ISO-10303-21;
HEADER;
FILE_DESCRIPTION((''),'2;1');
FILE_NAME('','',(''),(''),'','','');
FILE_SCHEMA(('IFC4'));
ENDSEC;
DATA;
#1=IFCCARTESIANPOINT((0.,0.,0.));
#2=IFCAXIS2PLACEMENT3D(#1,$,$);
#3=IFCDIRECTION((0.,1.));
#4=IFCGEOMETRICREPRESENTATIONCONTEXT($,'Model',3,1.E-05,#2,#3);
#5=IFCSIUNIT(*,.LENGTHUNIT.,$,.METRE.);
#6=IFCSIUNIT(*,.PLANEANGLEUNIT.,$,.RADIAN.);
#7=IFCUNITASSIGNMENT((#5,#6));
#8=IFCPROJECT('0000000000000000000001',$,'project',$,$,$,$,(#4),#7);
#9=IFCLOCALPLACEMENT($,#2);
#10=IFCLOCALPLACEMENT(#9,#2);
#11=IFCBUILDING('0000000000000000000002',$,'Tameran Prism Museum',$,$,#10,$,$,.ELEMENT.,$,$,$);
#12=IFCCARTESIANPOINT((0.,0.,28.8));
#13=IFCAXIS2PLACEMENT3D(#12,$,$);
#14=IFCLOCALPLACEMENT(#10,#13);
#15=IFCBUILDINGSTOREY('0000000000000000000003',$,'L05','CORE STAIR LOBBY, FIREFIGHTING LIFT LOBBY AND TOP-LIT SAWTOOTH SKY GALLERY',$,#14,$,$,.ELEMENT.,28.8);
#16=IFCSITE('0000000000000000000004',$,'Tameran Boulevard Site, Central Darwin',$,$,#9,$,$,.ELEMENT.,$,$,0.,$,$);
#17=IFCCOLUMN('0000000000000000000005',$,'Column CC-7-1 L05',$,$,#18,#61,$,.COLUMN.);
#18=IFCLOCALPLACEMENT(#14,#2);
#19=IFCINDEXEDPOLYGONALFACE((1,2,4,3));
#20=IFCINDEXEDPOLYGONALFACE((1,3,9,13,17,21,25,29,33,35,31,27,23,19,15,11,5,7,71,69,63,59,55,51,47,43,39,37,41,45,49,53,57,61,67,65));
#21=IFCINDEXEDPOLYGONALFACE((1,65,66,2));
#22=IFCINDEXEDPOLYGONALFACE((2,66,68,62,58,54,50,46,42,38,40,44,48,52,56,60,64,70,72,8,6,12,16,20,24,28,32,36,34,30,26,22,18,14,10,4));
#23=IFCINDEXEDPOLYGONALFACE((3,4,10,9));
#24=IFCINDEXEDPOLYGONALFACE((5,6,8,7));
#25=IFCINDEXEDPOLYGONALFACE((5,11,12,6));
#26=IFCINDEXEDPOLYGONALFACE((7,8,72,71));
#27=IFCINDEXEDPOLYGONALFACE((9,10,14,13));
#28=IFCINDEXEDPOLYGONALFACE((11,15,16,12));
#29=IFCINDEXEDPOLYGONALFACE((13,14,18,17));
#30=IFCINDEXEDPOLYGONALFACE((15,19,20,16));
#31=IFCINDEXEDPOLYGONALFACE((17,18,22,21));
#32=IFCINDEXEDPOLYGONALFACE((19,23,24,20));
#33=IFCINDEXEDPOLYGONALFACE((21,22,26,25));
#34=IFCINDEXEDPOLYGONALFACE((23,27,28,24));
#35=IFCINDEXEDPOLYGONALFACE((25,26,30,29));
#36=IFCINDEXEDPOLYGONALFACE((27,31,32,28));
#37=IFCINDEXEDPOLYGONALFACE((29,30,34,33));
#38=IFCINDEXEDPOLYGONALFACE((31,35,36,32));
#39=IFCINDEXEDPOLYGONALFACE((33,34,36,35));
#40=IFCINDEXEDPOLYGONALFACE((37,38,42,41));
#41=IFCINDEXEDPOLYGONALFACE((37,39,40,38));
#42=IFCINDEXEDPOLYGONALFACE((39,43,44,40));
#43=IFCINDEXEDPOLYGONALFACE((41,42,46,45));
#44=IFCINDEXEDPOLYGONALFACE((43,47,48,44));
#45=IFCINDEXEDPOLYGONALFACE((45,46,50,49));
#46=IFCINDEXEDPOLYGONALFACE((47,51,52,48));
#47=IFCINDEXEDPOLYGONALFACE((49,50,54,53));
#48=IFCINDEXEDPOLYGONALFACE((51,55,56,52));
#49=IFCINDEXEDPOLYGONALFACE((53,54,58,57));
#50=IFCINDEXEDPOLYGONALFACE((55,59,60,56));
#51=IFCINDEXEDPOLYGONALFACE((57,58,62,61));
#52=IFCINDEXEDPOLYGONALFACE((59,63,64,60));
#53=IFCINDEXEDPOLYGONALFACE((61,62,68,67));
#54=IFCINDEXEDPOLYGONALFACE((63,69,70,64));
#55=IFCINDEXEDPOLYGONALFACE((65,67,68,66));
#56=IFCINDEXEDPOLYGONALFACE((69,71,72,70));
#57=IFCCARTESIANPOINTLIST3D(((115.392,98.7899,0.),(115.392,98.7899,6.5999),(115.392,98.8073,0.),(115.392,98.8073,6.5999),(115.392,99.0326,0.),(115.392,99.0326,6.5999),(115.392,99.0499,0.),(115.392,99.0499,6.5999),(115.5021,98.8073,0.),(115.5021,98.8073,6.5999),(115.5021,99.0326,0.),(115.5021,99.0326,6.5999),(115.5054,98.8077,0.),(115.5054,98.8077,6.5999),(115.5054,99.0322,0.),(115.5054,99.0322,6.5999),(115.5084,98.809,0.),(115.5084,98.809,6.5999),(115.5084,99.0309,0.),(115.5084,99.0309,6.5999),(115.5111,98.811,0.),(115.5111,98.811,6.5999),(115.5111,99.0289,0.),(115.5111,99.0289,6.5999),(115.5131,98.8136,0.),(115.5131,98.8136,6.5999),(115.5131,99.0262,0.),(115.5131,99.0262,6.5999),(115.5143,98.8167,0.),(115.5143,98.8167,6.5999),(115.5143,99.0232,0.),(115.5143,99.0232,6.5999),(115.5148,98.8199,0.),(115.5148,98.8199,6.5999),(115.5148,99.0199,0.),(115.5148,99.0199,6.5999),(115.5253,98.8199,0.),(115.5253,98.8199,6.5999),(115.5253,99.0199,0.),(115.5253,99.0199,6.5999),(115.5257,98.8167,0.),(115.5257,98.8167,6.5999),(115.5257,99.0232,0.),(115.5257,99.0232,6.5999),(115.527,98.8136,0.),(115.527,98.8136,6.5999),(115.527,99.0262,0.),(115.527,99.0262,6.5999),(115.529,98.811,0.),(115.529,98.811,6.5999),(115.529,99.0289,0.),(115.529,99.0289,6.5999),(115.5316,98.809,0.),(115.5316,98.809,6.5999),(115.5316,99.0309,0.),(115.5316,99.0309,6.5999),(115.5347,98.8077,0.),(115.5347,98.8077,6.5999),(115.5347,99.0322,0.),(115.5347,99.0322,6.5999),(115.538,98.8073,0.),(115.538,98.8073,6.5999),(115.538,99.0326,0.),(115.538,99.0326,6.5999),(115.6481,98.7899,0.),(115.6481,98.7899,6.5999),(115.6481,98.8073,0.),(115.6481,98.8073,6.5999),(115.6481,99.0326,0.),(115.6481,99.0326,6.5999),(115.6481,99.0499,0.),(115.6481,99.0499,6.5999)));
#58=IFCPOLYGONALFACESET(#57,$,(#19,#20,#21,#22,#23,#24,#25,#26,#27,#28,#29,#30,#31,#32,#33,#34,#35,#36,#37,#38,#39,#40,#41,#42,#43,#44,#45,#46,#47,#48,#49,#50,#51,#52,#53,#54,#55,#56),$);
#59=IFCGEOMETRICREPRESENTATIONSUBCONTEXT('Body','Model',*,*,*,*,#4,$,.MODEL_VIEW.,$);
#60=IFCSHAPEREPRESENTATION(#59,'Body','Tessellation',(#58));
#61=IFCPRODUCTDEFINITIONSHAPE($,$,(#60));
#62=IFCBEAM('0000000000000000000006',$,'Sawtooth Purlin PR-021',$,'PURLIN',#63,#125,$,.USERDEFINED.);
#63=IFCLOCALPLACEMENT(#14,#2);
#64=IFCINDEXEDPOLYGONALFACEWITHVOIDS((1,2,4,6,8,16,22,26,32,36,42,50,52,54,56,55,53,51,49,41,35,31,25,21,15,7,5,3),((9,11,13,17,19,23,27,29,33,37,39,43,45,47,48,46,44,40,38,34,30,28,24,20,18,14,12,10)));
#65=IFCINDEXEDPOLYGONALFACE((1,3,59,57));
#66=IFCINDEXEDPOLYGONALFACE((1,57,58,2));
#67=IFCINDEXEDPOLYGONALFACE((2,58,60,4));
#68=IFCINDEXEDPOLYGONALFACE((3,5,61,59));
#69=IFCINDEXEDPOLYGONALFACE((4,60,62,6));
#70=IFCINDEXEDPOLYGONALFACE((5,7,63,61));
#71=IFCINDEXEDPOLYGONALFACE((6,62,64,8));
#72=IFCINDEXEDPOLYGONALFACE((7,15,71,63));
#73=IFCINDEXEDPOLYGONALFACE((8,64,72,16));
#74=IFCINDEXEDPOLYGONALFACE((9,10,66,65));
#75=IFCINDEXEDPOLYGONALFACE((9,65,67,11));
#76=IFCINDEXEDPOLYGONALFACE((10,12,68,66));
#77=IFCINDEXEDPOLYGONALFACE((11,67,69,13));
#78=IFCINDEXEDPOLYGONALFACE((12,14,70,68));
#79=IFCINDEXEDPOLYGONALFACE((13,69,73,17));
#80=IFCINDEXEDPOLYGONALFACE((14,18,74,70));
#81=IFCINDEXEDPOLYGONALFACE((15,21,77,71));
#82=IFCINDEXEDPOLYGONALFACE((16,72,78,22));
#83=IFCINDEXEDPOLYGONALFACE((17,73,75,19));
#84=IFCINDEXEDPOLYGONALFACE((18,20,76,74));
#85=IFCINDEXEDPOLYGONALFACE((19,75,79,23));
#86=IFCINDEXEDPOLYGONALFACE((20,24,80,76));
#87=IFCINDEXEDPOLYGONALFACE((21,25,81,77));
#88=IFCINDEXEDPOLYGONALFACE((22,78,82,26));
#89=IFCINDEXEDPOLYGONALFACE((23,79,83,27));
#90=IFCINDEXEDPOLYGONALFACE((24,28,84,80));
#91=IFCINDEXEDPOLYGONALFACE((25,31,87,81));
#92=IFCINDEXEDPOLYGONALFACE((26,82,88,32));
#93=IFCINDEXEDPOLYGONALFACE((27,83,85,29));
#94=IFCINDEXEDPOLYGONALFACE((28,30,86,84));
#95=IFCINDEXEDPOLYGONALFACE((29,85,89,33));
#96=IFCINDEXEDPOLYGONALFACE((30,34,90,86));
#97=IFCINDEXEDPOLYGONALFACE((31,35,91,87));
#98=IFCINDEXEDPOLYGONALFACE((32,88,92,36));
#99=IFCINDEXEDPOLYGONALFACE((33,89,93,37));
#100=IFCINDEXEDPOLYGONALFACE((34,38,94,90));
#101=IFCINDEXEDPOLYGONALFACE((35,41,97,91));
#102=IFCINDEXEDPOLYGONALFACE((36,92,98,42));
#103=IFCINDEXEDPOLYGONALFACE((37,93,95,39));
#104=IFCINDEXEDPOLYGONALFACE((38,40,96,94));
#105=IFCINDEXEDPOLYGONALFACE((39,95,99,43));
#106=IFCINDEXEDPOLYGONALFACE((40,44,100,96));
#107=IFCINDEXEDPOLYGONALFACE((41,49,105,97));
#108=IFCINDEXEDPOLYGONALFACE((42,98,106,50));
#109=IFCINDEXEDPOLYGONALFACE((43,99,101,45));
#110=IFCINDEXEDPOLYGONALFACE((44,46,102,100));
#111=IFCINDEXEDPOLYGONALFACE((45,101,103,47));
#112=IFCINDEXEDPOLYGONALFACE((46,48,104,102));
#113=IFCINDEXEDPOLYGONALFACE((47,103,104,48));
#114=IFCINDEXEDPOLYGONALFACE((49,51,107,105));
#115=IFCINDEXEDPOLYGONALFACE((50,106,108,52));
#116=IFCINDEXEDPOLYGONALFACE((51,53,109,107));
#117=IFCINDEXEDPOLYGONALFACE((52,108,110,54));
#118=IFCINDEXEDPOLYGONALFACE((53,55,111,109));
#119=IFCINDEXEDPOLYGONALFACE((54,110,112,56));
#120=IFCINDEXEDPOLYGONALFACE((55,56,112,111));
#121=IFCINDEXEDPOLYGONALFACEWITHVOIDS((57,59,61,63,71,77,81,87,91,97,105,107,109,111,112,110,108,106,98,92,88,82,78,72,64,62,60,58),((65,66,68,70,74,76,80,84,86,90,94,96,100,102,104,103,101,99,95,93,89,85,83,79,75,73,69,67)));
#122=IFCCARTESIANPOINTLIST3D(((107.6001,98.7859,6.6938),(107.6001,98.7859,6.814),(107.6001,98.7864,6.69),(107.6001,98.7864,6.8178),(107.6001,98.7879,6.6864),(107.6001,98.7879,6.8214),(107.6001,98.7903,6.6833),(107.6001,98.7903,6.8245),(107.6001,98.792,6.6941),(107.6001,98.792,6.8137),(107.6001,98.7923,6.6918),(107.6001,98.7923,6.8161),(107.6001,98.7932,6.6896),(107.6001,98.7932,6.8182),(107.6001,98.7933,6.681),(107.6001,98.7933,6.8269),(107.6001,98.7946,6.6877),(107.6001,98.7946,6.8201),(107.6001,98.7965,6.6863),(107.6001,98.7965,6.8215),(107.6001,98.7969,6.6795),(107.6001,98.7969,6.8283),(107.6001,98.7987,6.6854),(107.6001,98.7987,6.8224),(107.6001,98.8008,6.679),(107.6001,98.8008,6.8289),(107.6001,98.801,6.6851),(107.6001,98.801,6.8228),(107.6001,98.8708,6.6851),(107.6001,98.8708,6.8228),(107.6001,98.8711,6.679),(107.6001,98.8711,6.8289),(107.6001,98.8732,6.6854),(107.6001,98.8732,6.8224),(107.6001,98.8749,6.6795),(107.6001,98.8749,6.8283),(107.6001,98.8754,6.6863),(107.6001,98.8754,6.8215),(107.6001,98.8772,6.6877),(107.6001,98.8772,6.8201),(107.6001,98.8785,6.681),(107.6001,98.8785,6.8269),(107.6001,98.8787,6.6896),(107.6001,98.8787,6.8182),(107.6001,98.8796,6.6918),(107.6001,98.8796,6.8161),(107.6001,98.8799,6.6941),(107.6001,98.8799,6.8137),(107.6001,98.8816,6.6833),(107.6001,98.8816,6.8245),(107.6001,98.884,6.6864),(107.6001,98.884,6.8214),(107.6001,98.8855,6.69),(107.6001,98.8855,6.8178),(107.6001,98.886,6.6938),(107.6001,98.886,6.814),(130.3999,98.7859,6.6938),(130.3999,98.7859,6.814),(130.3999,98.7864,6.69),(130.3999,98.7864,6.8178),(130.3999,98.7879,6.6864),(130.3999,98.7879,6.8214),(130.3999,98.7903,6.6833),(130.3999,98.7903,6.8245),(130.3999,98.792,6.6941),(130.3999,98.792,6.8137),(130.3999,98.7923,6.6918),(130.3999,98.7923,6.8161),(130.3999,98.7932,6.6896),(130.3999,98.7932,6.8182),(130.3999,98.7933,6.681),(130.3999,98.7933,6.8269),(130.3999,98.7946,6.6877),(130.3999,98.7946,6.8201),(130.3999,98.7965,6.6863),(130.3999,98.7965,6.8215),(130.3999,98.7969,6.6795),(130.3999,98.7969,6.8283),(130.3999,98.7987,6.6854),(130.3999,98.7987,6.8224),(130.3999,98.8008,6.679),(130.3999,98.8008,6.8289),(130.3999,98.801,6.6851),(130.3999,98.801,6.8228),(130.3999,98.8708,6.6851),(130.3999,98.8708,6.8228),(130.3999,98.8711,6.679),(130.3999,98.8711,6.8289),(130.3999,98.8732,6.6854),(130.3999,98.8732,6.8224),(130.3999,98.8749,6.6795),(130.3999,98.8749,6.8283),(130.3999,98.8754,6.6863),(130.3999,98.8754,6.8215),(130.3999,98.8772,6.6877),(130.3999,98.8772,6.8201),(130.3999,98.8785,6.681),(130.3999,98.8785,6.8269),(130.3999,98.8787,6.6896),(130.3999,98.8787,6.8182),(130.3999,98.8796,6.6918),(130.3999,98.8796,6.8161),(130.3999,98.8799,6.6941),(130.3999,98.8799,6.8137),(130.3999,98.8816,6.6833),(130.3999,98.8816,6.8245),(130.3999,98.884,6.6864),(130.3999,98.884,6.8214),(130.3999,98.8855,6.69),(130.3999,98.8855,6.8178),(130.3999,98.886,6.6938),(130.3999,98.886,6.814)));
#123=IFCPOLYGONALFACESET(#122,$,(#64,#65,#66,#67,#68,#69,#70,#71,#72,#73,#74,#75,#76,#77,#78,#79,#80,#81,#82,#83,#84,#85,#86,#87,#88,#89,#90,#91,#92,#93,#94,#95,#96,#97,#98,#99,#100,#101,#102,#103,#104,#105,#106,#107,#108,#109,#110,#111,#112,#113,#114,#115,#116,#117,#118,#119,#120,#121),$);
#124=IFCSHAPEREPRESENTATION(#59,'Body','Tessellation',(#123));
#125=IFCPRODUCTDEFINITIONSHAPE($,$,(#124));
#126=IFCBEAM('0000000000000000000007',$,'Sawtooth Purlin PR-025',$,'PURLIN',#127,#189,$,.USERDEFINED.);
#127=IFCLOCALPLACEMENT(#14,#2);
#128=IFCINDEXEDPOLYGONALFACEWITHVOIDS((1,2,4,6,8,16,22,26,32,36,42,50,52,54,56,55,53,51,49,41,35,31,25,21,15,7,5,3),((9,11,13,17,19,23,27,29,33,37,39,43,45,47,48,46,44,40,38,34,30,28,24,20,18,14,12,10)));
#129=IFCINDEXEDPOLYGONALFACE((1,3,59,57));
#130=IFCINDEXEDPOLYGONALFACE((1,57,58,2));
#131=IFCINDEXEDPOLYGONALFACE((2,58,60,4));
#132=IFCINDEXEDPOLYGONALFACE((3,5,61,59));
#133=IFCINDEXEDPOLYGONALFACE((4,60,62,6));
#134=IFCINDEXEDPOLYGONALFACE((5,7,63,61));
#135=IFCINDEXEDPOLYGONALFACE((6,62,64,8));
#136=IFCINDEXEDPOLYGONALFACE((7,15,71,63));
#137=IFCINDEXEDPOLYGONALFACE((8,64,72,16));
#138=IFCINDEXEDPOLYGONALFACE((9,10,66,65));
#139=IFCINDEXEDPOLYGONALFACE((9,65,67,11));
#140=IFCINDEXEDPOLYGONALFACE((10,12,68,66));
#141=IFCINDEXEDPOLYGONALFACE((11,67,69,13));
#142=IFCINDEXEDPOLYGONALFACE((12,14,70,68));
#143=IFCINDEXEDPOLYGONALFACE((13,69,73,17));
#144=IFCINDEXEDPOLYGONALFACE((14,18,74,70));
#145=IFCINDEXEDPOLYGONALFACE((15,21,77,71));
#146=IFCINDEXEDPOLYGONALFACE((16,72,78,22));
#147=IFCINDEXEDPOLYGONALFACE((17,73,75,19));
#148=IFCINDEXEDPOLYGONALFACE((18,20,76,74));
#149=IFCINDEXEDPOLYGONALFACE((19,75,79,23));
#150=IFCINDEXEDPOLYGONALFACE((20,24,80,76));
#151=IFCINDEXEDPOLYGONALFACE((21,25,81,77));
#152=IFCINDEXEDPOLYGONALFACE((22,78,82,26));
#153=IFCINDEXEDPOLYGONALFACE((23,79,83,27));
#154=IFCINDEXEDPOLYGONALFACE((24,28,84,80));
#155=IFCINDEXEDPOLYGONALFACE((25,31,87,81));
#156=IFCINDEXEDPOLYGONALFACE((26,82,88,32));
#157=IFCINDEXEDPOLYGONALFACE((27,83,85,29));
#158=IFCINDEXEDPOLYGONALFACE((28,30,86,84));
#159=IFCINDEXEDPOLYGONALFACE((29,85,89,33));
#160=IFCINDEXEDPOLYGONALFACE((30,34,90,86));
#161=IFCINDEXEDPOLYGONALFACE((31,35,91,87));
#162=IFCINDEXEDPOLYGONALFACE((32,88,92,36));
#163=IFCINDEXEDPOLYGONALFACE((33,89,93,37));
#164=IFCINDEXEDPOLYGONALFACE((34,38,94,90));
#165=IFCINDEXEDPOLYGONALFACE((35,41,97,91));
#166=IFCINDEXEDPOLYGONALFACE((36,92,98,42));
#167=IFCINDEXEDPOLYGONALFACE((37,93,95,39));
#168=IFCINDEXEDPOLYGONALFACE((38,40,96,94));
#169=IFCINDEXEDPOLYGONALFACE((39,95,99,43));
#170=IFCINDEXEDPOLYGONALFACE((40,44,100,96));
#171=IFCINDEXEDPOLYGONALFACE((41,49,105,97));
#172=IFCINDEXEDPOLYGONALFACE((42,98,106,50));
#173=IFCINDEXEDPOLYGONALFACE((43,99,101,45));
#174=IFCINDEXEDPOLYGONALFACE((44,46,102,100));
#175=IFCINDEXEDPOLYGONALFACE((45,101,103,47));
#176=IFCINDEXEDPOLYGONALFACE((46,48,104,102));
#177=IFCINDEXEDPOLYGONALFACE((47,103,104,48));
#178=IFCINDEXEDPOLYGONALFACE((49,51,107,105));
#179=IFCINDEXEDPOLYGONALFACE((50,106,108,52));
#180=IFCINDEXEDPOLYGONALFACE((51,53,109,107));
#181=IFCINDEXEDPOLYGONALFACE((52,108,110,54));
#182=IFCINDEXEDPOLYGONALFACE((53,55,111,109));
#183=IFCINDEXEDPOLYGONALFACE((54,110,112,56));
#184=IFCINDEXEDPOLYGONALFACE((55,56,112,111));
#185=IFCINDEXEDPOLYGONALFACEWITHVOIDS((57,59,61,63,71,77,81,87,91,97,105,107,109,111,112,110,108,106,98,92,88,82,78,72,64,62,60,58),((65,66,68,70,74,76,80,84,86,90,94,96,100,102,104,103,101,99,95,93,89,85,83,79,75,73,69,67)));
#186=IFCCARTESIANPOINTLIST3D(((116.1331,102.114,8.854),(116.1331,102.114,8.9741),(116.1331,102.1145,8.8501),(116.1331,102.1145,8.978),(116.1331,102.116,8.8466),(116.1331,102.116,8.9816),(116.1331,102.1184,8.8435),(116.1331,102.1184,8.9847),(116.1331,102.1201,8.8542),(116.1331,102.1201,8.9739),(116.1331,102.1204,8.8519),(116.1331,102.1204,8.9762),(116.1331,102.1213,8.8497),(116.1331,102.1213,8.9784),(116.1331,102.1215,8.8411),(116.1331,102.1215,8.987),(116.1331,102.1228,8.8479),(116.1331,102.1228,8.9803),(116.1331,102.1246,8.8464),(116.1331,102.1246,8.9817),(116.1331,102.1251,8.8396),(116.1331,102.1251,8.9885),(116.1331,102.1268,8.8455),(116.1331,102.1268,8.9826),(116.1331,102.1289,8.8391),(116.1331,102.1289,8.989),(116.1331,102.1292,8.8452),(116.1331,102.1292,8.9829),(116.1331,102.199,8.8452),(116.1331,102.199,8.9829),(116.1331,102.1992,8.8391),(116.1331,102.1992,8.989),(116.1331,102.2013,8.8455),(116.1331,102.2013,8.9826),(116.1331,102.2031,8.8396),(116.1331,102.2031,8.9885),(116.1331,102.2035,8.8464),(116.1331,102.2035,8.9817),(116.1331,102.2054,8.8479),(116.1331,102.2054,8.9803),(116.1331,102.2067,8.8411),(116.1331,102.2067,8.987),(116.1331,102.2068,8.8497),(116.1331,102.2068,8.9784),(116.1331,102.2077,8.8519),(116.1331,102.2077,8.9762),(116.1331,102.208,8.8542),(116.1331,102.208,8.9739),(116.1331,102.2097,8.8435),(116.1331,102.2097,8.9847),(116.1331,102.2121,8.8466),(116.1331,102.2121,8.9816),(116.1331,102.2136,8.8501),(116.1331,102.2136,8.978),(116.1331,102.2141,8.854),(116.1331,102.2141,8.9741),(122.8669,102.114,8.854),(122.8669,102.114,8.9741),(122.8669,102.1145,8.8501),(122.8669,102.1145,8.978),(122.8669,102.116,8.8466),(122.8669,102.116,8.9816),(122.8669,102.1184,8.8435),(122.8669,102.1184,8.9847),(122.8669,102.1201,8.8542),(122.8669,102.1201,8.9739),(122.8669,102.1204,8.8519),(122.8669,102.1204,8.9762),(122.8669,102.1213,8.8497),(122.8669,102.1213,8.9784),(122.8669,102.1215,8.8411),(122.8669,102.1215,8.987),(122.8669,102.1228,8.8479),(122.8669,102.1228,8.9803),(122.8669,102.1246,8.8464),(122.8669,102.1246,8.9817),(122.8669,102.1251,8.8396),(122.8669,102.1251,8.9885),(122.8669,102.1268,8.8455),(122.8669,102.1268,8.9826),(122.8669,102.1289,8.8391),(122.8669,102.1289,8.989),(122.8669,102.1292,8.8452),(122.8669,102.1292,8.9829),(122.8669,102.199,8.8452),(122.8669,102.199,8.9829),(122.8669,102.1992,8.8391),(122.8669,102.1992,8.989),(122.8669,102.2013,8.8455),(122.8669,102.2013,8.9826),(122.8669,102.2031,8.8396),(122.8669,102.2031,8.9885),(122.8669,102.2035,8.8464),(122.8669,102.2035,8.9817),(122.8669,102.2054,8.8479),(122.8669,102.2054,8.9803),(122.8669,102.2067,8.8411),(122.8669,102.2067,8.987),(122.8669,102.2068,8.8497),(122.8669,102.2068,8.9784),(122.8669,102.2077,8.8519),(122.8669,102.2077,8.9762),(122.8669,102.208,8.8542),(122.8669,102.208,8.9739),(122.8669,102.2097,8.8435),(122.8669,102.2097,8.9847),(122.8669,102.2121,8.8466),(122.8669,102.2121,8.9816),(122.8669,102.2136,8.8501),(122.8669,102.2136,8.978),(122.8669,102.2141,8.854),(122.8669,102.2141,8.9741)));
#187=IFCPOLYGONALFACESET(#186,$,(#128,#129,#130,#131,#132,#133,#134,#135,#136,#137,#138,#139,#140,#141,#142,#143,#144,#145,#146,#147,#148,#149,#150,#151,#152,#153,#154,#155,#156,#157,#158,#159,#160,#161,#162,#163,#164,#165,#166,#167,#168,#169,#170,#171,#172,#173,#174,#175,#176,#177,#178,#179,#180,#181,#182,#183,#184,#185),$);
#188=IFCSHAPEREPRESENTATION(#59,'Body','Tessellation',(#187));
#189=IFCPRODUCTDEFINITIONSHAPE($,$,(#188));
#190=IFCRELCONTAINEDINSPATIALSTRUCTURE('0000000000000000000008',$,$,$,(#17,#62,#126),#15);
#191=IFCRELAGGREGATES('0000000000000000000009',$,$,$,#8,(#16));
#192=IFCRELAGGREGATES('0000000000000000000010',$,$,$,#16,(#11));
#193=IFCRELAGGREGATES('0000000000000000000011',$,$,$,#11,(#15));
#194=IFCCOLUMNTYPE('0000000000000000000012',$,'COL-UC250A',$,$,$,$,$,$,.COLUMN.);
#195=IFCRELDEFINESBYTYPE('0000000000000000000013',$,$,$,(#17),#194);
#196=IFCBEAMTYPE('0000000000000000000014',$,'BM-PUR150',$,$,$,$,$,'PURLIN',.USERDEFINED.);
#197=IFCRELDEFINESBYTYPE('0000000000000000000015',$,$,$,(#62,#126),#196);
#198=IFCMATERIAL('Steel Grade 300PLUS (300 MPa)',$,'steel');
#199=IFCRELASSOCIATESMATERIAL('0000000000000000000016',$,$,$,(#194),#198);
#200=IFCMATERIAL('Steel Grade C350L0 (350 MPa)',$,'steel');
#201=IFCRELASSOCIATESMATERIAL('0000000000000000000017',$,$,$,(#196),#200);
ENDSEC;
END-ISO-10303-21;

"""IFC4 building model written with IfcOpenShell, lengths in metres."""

from ifc_helpers import new_model, si_unit, direction, frame, origin, origin_2d, place, context, subcontext, project, spatial, hollow_rectangle, i_section, extrude, material, material_profile, profile_set, type_object, element, save


model = new_model("IFC4")

# Units and contexts
model_context = context("Model", 3, precision=1e-05, world=origin(), true_north=direction((0.0, 1.0)))
body_context = subcontext(model_context, "Body", "Model", "MODEL_VIEW")
ifc_project = project(units=[si_unit("LENGTHUNIT", "METRE"), si_unit("PLANEANGLEUNIT", "RADIAN")], contexts=[model_context])

# Site, building, storey
site_placement = place(None, origin())
site = spatial("IfcSite", under=ifc_project, at=site_placement, Name="Tameran Boulevard Site, Central Darwin", CompositionType="ELEMENT", RefElevation=0.0)
building_placement = place(site_placement, origin())
building = spatial("IfcBuilding", under=site, at=building_placement, Name="Tameran Prism Museum", CompositionType="ELEMENT")
storey_placement = place(building_placement, frame((0.0, 0.0, 28.8)))
storey = spatial("IfcBuildingStorey", under=building, at=storey_placement, Name="L05", Description="CORE STAIR LOBBY, FIREFIGHTING LIFT LOBBY AND TOP-LIT SAWTOOTH SKY GALLERY", CompositionType="ELEMENT", Elevation=28.8)

# Column
ifc_material_1 = material(Name="Steel Grade 300PLUS (300 MPa)", Category="steel")
ifc_material_profile_1 = material_profile(ifc_material_1, i_section(OverallWidth=0.2561, OverallDepth=0.26, WebThickness=0.0105, FlangeThickness=0.0173, FilletRadius=0.0127, at=origin_2d()))
ifc_profile_set_1 = profile_set([ifc_material_profile_1])
column_type = type_object("IfcColumnType", Name="COL-UC250A", PredefinedType="COLUMN", material=ifc_profile_set_1)
column_placement = place(storey_placement, frame((115.52, 98.9199, 0.0), z_axis=(0.0, 0.0, 1.0), x_axis=(1.0, 0.0, 0.0)))
element("IfcColumn", 1, at=column_placement, inside=storey, type_object=column_type, Name="Column CC-7-1 L05", PredefinedType="COLUMN", context=body_context, shape_type="SweptSolid", body=[
    extrude(i_section(OverallWidth=0.2561, OverallDepth=0.26, WebThickness=0.0105, FlangeThickness=0.0173, FilletRadius=0.0127, at=origin_2d()), origin(), (0.0, 0.0, 1.0), 6.5999),
])

# Beams
ifc_material_2 = material(Name="Steel Grade C350L0 (350 MPa)", Category="steel")
ifc_material_profile_2 = material_profile(ifc_material_2, hollow_rectangle(XDim=0.1001, YDim=0.1499, WallThickness=0.0061, InnerFilletRadius=0.009, OuterFilletRadius=0.0149, at=origin_2d()))
ifc_profile_set_2 = profile_set([ifc_material_profile_2])
beam_type_1 = type_object("IfcBeamType", Name="BM-PUR150", ElementType="PURLIN", PredefinedType="USERDEFINED", material=ifc_profile_set_2)
beam_1_placement = place(storey_placement, frame((107.6001, 98.8359, 6.7539), z_axis=(1.0, 0.0, 0.0), x_axis=(0.0, 1.0, 0.0)))
element("IfcBeam", 2, at=beam_1_placement, inside=storey, type_object=beam_type_1, Name="Sawtooth Purlin PR-021", ObjectType="PURLIN", PredefinedType="USERDEFINED", context=body_context, shape_type="SweptSolid", body=[
    extrude(hollow_rectangle(XDim=0.1001, YDim=0.1499, WallThickness=0.0061, InnerFilletRadius=0.009, OuterFilletRadius=0.0149, at=origin_2d()), origin(), (0.0, 0.0, 1.0), 22.7998),
])
beam_2_placement = place(storey_placement, frame((116.1331, 102.1641, 8.9141), z_axis=(1.0, 0.0, 0.0), x_axis=(0.0, 1.0, 0.0)))
element("IfcBeam", 3, at=beam_2_placement, inside=storey, type_object=beam_type_1, Name="Sawtooth Purlin PR-025", ObjectType="PURLIN", PredefinedType="USERDEFINED", context=body_context, shape_type="SweptSolid", body=[
    extrude(hollow_rectangle(XDim=0.1001, YDim=0.1499, WallThickness=0.0061, InnerFilletRadius=0.009, OuterFilletRadius=0.0149, at=origin_2d()), origin(), (0.0, 0.0, 1.0), 6.7339),
])

save(model, "model.ifc")
